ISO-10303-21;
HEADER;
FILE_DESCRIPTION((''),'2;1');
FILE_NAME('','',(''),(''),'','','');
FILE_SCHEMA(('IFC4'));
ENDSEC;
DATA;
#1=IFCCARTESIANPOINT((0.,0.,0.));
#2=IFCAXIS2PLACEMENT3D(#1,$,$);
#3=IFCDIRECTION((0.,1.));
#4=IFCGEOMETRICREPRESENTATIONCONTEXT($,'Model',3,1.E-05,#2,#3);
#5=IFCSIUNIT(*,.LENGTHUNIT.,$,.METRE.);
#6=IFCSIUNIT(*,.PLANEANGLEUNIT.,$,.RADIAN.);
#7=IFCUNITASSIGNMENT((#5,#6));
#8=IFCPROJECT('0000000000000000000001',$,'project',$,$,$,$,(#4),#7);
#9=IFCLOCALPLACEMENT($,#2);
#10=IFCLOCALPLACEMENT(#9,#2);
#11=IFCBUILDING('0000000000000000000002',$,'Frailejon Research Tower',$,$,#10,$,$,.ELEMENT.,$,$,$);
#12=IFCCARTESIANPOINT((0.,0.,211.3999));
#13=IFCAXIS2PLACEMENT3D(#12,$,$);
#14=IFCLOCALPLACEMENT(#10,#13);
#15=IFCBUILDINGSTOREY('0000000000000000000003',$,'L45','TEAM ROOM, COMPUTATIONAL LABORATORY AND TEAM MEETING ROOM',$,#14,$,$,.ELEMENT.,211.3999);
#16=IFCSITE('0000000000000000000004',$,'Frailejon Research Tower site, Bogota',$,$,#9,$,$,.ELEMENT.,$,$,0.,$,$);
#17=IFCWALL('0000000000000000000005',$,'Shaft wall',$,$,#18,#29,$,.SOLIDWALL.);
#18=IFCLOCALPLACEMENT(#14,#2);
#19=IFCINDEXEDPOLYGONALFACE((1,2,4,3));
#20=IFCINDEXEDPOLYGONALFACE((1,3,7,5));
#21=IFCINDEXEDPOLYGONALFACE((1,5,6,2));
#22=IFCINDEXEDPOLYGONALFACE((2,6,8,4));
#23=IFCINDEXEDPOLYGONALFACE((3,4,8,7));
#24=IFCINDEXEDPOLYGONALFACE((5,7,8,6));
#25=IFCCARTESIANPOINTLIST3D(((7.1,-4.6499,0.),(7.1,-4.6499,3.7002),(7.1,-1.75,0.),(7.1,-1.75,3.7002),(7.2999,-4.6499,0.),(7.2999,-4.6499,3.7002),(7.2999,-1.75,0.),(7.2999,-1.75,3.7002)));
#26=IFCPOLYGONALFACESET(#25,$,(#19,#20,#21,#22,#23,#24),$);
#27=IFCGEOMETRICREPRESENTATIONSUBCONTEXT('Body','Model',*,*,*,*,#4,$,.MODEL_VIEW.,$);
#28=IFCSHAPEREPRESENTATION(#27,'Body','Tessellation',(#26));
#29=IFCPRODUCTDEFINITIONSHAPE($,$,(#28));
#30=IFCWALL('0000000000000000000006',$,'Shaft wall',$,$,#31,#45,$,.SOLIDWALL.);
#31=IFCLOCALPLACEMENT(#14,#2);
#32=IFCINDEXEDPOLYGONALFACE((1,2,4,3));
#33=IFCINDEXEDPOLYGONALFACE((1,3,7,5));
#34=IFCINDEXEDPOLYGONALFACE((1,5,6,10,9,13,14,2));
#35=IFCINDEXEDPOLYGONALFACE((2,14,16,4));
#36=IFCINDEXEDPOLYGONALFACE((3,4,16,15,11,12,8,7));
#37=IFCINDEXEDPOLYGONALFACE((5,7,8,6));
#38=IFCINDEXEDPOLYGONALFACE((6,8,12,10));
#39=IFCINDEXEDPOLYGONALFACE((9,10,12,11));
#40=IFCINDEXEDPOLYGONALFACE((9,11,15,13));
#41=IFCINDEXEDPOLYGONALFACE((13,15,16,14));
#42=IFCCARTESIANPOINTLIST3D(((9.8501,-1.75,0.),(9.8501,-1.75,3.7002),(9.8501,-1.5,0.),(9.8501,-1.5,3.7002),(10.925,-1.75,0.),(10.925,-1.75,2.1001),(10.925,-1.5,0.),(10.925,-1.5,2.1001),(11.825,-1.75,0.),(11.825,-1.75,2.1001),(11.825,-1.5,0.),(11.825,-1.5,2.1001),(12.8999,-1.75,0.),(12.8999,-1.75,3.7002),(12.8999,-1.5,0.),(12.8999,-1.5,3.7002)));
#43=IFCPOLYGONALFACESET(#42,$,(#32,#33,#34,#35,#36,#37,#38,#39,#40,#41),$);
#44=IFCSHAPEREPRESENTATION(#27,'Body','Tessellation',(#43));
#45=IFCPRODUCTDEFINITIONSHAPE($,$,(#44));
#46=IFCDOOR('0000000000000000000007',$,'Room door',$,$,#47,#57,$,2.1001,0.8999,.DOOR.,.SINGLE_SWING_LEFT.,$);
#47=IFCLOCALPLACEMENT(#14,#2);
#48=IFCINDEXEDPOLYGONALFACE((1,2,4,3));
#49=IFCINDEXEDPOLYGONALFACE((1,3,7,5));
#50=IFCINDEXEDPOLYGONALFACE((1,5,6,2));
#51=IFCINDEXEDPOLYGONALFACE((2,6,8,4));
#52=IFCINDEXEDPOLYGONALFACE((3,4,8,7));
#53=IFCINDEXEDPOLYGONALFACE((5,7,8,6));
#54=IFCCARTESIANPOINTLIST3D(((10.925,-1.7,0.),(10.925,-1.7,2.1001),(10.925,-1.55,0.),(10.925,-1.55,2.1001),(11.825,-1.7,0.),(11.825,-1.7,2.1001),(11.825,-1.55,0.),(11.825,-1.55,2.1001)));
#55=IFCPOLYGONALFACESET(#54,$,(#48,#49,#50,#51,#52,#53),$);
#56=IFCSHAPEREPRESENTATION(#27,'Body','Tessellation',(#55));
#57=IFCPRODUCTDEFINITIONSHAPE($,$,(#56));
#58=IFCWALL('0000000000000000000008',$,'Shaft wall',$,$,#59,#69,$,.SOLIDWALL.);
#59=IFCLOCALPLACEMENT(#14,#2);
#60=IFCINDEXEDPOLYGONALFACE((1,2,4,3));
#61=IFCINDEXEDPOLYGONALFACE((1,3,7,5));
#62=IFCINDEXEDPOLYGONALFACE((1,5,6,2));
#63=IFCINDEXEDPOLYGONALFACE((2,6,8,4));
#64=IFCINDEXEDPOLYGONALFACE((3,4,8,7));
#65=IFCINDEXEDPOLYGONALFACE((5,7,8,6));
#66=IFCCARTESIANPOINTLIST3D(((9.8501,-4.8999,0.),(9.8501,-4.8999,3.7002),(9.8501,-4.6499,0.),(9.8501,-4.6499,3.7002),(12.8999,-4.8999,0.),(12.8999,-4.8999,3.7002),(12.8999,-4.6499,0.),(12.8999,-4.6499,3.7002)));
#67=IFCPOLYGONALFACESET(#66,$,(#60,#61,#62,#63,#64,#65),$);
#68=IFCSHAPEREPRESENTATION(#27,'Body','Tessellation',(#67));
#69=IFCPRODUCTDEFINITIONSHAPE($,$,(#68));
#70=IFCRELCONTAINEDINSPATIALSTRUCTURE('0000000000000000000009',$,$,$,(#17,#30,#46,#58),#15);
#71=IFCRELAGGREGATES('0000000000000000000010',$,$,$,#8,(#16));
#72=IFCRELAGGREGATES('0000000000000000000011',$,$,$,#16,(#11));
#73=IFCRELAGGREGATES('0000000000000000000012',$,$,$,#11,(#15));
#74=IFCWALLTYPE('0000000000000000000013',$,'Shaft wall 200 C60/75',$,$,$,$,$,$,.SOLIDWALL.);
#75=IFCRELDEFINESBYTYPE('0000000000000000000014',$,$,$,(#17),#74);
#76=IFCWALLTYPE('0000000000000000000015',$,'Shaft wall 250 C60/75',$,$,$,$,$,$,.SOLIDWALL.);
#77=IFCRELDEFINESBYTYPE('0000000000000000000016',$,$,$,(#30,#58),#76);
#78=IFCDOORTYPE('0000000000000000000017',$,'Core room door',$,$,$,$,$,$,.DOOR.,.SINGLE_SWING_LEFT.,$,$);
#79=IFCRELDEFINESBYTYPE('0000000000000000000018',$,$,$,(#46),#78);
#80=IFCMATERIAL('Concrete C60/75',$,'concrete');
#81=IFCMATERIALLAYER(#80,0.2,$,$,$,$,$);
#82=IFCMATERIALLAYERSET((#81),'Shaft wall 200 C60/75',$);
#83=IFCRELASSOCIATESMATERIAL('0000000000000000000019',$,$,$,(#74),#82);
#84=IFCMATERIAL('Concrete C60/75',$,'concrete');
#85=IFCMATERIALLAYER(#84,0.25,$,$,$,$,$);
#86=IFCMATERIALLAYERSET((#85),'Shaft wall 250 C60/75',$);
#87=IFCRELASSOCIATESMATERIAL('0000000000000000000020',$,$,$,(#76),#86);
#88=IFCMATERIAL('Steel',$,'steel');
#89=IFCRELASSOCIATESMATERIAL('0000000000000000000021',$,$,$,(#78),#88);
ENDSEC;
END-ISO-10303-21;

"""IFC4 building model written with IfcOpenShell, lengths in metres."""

from ifc_helpers import new_model, si_unit, direction, frame, frame_2d, origin, place, context, subcontext, project, spatial, rectangle, extrude, material, layer, layer_set, type_object, element, fill, save


model = new_model("IFC4")

# Units and contexts
model_context = context("Model", 3, precision=1e-05, world=origin(), true_north=direction((0.0, 1.0)))
body_context = subcontext(model_context, "Body", "Model", "MODEL_VIEW")
ifc_project = project(units=[si_unit("LENGTHUNIT", "METRE"), si_unit("PLANEANGLEUNIT", "RADIAN")], contexts=[model_context])

# Site, building, storey
site_placement = place(None, origin())
site = spatial("IfcSite", under=ifc_project, at=site_placement, Name="Frailejon Research Tower site, Bogota", CompositionType="ELEMENT", RefElevation=0.0)
building_placement = place(site_placement, origin())
building = spatial("IfcBuilding", under=site, at=building_placement, Name="Frailejon Research Tower", CompositionType="ELEMENT")
storey_placement = place(building_placement, frame((0.0, 0.0, 211.3999)))
storey = spatial("IfcBuildingStorey", under=building, at=storey_placement, Name="L45", Description="TEAM ROOM, COMPUTATIONAL LABORATORY AND TEAM MEETING ROOM", CompositionType="ELEMENT", Elevation=211.3999)

# Wall
ifc_material_1 = material(Name="Concrete C60/75", Category="concrete")
ifc_layer_1 = layer(ifc_material_1, 0.2)
ifc_layer_set_1 = layer_set([ifc_layer_1], Name="Shaft wall 200 C60/75")
wall_type_1 = type_object("IfcWallType", Name="Shaft wall 200 C60/75", PredefinedType="SOLIDWALL", material=ifc_layer_set_1)
for number, where, z_axis, x_axis, name in (
    (1, (7.2, -4.6499, 0.0), (0.0, 0.0, 1.0), (0.0, 1.0, 0.0), "Shaft wall"),
):
    element("IfcWall", number, at=place(storey_placement, frame(where, z_axis=z_axis, x_axis=x_axis)), inside=storey, type_object=wall_type_1, Name=name, PredefinedType="SOLIDWALL", context=body_context, shape_type="SweptSolid", body=[
        extrude(rectangle(XDim=2.8999, YDim=0.2, at=frame_2d((1.45, 0.0))), origin(), (0.0, 0.0, 1.0), 3.7002),
    ])

# Wall, opening, door
ifc_material_2 = material(Name="Concrete C60/75", Category="concrete")
ifc_layer_2 = layer(ifc_material_2, 0.25)
ifc_layer_set_2 = layer_set([ifc_layer_2], Name="Shaft wall 250 C60/75")
wall_type_2 = type_object("IfcWallType", Name="Shaft wall 250 C60/75", PredefinedType="SOLIDWALL", material=ifc_layer_set_2)
wall_1_placement = place(storey_placement, frame((9.8501, -1.625, 0.0), z_axis=(0.0, 0.0, 1.0), x_axis=(1.0, 0.0, 0.0)))
wall_1 = element("IfcWall", 2, at=wall_1_placement, inside=storey, type_object=wall_type_2, Name="Shaft wall", PredefinedType="SOLIDWALL", context=body_context, shape_type="SweptSolid", body=[
    extrude(rectangle(XDim=3.0498, YDim=0.25, at=frame_2d((1.5249, 0.0))), origin(), (0.0, 0.0, 1.0), 3.7002),
])
opening_1_placement = place(wall_1_placement, frame((1.075, 0.0, 0.0)))
opening_1 = element("IfcOpeningElement", 3, at=opening_1_placement, cuts=wall_1, PredefinedType="OPENING", context=body_context, shape_type="SweptSolid", body=[
    extrude(rectangle(XDim=0.8999, YDim=2.1001, at=frame_2d((0.45, 1.05))), frame((0.0, 0.135, 0.0), z_axis=(0.0, -1.0, 0.0), x_axis=(1.0, 0.0, 0.0)), (0.0, 0.0, 1.0), 0.27),
])
ifc_material_3 = material(Name="Steel", Category="steel")
door_type_1 = type_object("IfcDoorType", Name="Core room door", OperationType="SINGLE_SWING_LEFT", PredefinedType="DOOR", material=ifc_material_3)
door_1_placement = place(opening_1_placement, origin())
door_1 = element("IfcDoor", 4, at=door_1_placement, inside=storey, type_object=door_type_1, Name="Room door", OperationType="SINGLE_SWING_LEFT", OverallHeight=2.1001, OverallWidth=0.8999, PredefinedType="DOOR", context=body_context, shape_type="SweptSolid", body=[
    extrude(rectangle(XDim=0.8999, YDim=2.1001, at=frame_2d((0.45, 1.05))), frame((0.0, 0.075, 0.0), z_axis=(0.0, -1.0, 0.0), x_axis=(1.0, 0.0, 0.0)), (0.0, 0.0, 1.0), 0.1499),
])
fill(opening_1, door_1)

# Wall
wall_2_placement = place(storey_placement, frame((9.8501, -4.7749, 0.0), z_axis=(0.0, 0.0, 1.0), x_axis=(1.0, 0.0, 0.0)))
element("IfcWall", 5, at=wall_2_placement, inside=storey, type_object=wall_type_2, Name="Shaft wall", PredefinedType="SOLIDWALL", context=body_context, shape_type="SweptSolid", body=[
    extrude(rectangle(XDim=3.0498, YDim=0.25, at=frame_2d((1.5249, 0.0))), origin(), (0.0, 0.0, 1.0), 3.7002),
])

save(model, "model.ifc")
